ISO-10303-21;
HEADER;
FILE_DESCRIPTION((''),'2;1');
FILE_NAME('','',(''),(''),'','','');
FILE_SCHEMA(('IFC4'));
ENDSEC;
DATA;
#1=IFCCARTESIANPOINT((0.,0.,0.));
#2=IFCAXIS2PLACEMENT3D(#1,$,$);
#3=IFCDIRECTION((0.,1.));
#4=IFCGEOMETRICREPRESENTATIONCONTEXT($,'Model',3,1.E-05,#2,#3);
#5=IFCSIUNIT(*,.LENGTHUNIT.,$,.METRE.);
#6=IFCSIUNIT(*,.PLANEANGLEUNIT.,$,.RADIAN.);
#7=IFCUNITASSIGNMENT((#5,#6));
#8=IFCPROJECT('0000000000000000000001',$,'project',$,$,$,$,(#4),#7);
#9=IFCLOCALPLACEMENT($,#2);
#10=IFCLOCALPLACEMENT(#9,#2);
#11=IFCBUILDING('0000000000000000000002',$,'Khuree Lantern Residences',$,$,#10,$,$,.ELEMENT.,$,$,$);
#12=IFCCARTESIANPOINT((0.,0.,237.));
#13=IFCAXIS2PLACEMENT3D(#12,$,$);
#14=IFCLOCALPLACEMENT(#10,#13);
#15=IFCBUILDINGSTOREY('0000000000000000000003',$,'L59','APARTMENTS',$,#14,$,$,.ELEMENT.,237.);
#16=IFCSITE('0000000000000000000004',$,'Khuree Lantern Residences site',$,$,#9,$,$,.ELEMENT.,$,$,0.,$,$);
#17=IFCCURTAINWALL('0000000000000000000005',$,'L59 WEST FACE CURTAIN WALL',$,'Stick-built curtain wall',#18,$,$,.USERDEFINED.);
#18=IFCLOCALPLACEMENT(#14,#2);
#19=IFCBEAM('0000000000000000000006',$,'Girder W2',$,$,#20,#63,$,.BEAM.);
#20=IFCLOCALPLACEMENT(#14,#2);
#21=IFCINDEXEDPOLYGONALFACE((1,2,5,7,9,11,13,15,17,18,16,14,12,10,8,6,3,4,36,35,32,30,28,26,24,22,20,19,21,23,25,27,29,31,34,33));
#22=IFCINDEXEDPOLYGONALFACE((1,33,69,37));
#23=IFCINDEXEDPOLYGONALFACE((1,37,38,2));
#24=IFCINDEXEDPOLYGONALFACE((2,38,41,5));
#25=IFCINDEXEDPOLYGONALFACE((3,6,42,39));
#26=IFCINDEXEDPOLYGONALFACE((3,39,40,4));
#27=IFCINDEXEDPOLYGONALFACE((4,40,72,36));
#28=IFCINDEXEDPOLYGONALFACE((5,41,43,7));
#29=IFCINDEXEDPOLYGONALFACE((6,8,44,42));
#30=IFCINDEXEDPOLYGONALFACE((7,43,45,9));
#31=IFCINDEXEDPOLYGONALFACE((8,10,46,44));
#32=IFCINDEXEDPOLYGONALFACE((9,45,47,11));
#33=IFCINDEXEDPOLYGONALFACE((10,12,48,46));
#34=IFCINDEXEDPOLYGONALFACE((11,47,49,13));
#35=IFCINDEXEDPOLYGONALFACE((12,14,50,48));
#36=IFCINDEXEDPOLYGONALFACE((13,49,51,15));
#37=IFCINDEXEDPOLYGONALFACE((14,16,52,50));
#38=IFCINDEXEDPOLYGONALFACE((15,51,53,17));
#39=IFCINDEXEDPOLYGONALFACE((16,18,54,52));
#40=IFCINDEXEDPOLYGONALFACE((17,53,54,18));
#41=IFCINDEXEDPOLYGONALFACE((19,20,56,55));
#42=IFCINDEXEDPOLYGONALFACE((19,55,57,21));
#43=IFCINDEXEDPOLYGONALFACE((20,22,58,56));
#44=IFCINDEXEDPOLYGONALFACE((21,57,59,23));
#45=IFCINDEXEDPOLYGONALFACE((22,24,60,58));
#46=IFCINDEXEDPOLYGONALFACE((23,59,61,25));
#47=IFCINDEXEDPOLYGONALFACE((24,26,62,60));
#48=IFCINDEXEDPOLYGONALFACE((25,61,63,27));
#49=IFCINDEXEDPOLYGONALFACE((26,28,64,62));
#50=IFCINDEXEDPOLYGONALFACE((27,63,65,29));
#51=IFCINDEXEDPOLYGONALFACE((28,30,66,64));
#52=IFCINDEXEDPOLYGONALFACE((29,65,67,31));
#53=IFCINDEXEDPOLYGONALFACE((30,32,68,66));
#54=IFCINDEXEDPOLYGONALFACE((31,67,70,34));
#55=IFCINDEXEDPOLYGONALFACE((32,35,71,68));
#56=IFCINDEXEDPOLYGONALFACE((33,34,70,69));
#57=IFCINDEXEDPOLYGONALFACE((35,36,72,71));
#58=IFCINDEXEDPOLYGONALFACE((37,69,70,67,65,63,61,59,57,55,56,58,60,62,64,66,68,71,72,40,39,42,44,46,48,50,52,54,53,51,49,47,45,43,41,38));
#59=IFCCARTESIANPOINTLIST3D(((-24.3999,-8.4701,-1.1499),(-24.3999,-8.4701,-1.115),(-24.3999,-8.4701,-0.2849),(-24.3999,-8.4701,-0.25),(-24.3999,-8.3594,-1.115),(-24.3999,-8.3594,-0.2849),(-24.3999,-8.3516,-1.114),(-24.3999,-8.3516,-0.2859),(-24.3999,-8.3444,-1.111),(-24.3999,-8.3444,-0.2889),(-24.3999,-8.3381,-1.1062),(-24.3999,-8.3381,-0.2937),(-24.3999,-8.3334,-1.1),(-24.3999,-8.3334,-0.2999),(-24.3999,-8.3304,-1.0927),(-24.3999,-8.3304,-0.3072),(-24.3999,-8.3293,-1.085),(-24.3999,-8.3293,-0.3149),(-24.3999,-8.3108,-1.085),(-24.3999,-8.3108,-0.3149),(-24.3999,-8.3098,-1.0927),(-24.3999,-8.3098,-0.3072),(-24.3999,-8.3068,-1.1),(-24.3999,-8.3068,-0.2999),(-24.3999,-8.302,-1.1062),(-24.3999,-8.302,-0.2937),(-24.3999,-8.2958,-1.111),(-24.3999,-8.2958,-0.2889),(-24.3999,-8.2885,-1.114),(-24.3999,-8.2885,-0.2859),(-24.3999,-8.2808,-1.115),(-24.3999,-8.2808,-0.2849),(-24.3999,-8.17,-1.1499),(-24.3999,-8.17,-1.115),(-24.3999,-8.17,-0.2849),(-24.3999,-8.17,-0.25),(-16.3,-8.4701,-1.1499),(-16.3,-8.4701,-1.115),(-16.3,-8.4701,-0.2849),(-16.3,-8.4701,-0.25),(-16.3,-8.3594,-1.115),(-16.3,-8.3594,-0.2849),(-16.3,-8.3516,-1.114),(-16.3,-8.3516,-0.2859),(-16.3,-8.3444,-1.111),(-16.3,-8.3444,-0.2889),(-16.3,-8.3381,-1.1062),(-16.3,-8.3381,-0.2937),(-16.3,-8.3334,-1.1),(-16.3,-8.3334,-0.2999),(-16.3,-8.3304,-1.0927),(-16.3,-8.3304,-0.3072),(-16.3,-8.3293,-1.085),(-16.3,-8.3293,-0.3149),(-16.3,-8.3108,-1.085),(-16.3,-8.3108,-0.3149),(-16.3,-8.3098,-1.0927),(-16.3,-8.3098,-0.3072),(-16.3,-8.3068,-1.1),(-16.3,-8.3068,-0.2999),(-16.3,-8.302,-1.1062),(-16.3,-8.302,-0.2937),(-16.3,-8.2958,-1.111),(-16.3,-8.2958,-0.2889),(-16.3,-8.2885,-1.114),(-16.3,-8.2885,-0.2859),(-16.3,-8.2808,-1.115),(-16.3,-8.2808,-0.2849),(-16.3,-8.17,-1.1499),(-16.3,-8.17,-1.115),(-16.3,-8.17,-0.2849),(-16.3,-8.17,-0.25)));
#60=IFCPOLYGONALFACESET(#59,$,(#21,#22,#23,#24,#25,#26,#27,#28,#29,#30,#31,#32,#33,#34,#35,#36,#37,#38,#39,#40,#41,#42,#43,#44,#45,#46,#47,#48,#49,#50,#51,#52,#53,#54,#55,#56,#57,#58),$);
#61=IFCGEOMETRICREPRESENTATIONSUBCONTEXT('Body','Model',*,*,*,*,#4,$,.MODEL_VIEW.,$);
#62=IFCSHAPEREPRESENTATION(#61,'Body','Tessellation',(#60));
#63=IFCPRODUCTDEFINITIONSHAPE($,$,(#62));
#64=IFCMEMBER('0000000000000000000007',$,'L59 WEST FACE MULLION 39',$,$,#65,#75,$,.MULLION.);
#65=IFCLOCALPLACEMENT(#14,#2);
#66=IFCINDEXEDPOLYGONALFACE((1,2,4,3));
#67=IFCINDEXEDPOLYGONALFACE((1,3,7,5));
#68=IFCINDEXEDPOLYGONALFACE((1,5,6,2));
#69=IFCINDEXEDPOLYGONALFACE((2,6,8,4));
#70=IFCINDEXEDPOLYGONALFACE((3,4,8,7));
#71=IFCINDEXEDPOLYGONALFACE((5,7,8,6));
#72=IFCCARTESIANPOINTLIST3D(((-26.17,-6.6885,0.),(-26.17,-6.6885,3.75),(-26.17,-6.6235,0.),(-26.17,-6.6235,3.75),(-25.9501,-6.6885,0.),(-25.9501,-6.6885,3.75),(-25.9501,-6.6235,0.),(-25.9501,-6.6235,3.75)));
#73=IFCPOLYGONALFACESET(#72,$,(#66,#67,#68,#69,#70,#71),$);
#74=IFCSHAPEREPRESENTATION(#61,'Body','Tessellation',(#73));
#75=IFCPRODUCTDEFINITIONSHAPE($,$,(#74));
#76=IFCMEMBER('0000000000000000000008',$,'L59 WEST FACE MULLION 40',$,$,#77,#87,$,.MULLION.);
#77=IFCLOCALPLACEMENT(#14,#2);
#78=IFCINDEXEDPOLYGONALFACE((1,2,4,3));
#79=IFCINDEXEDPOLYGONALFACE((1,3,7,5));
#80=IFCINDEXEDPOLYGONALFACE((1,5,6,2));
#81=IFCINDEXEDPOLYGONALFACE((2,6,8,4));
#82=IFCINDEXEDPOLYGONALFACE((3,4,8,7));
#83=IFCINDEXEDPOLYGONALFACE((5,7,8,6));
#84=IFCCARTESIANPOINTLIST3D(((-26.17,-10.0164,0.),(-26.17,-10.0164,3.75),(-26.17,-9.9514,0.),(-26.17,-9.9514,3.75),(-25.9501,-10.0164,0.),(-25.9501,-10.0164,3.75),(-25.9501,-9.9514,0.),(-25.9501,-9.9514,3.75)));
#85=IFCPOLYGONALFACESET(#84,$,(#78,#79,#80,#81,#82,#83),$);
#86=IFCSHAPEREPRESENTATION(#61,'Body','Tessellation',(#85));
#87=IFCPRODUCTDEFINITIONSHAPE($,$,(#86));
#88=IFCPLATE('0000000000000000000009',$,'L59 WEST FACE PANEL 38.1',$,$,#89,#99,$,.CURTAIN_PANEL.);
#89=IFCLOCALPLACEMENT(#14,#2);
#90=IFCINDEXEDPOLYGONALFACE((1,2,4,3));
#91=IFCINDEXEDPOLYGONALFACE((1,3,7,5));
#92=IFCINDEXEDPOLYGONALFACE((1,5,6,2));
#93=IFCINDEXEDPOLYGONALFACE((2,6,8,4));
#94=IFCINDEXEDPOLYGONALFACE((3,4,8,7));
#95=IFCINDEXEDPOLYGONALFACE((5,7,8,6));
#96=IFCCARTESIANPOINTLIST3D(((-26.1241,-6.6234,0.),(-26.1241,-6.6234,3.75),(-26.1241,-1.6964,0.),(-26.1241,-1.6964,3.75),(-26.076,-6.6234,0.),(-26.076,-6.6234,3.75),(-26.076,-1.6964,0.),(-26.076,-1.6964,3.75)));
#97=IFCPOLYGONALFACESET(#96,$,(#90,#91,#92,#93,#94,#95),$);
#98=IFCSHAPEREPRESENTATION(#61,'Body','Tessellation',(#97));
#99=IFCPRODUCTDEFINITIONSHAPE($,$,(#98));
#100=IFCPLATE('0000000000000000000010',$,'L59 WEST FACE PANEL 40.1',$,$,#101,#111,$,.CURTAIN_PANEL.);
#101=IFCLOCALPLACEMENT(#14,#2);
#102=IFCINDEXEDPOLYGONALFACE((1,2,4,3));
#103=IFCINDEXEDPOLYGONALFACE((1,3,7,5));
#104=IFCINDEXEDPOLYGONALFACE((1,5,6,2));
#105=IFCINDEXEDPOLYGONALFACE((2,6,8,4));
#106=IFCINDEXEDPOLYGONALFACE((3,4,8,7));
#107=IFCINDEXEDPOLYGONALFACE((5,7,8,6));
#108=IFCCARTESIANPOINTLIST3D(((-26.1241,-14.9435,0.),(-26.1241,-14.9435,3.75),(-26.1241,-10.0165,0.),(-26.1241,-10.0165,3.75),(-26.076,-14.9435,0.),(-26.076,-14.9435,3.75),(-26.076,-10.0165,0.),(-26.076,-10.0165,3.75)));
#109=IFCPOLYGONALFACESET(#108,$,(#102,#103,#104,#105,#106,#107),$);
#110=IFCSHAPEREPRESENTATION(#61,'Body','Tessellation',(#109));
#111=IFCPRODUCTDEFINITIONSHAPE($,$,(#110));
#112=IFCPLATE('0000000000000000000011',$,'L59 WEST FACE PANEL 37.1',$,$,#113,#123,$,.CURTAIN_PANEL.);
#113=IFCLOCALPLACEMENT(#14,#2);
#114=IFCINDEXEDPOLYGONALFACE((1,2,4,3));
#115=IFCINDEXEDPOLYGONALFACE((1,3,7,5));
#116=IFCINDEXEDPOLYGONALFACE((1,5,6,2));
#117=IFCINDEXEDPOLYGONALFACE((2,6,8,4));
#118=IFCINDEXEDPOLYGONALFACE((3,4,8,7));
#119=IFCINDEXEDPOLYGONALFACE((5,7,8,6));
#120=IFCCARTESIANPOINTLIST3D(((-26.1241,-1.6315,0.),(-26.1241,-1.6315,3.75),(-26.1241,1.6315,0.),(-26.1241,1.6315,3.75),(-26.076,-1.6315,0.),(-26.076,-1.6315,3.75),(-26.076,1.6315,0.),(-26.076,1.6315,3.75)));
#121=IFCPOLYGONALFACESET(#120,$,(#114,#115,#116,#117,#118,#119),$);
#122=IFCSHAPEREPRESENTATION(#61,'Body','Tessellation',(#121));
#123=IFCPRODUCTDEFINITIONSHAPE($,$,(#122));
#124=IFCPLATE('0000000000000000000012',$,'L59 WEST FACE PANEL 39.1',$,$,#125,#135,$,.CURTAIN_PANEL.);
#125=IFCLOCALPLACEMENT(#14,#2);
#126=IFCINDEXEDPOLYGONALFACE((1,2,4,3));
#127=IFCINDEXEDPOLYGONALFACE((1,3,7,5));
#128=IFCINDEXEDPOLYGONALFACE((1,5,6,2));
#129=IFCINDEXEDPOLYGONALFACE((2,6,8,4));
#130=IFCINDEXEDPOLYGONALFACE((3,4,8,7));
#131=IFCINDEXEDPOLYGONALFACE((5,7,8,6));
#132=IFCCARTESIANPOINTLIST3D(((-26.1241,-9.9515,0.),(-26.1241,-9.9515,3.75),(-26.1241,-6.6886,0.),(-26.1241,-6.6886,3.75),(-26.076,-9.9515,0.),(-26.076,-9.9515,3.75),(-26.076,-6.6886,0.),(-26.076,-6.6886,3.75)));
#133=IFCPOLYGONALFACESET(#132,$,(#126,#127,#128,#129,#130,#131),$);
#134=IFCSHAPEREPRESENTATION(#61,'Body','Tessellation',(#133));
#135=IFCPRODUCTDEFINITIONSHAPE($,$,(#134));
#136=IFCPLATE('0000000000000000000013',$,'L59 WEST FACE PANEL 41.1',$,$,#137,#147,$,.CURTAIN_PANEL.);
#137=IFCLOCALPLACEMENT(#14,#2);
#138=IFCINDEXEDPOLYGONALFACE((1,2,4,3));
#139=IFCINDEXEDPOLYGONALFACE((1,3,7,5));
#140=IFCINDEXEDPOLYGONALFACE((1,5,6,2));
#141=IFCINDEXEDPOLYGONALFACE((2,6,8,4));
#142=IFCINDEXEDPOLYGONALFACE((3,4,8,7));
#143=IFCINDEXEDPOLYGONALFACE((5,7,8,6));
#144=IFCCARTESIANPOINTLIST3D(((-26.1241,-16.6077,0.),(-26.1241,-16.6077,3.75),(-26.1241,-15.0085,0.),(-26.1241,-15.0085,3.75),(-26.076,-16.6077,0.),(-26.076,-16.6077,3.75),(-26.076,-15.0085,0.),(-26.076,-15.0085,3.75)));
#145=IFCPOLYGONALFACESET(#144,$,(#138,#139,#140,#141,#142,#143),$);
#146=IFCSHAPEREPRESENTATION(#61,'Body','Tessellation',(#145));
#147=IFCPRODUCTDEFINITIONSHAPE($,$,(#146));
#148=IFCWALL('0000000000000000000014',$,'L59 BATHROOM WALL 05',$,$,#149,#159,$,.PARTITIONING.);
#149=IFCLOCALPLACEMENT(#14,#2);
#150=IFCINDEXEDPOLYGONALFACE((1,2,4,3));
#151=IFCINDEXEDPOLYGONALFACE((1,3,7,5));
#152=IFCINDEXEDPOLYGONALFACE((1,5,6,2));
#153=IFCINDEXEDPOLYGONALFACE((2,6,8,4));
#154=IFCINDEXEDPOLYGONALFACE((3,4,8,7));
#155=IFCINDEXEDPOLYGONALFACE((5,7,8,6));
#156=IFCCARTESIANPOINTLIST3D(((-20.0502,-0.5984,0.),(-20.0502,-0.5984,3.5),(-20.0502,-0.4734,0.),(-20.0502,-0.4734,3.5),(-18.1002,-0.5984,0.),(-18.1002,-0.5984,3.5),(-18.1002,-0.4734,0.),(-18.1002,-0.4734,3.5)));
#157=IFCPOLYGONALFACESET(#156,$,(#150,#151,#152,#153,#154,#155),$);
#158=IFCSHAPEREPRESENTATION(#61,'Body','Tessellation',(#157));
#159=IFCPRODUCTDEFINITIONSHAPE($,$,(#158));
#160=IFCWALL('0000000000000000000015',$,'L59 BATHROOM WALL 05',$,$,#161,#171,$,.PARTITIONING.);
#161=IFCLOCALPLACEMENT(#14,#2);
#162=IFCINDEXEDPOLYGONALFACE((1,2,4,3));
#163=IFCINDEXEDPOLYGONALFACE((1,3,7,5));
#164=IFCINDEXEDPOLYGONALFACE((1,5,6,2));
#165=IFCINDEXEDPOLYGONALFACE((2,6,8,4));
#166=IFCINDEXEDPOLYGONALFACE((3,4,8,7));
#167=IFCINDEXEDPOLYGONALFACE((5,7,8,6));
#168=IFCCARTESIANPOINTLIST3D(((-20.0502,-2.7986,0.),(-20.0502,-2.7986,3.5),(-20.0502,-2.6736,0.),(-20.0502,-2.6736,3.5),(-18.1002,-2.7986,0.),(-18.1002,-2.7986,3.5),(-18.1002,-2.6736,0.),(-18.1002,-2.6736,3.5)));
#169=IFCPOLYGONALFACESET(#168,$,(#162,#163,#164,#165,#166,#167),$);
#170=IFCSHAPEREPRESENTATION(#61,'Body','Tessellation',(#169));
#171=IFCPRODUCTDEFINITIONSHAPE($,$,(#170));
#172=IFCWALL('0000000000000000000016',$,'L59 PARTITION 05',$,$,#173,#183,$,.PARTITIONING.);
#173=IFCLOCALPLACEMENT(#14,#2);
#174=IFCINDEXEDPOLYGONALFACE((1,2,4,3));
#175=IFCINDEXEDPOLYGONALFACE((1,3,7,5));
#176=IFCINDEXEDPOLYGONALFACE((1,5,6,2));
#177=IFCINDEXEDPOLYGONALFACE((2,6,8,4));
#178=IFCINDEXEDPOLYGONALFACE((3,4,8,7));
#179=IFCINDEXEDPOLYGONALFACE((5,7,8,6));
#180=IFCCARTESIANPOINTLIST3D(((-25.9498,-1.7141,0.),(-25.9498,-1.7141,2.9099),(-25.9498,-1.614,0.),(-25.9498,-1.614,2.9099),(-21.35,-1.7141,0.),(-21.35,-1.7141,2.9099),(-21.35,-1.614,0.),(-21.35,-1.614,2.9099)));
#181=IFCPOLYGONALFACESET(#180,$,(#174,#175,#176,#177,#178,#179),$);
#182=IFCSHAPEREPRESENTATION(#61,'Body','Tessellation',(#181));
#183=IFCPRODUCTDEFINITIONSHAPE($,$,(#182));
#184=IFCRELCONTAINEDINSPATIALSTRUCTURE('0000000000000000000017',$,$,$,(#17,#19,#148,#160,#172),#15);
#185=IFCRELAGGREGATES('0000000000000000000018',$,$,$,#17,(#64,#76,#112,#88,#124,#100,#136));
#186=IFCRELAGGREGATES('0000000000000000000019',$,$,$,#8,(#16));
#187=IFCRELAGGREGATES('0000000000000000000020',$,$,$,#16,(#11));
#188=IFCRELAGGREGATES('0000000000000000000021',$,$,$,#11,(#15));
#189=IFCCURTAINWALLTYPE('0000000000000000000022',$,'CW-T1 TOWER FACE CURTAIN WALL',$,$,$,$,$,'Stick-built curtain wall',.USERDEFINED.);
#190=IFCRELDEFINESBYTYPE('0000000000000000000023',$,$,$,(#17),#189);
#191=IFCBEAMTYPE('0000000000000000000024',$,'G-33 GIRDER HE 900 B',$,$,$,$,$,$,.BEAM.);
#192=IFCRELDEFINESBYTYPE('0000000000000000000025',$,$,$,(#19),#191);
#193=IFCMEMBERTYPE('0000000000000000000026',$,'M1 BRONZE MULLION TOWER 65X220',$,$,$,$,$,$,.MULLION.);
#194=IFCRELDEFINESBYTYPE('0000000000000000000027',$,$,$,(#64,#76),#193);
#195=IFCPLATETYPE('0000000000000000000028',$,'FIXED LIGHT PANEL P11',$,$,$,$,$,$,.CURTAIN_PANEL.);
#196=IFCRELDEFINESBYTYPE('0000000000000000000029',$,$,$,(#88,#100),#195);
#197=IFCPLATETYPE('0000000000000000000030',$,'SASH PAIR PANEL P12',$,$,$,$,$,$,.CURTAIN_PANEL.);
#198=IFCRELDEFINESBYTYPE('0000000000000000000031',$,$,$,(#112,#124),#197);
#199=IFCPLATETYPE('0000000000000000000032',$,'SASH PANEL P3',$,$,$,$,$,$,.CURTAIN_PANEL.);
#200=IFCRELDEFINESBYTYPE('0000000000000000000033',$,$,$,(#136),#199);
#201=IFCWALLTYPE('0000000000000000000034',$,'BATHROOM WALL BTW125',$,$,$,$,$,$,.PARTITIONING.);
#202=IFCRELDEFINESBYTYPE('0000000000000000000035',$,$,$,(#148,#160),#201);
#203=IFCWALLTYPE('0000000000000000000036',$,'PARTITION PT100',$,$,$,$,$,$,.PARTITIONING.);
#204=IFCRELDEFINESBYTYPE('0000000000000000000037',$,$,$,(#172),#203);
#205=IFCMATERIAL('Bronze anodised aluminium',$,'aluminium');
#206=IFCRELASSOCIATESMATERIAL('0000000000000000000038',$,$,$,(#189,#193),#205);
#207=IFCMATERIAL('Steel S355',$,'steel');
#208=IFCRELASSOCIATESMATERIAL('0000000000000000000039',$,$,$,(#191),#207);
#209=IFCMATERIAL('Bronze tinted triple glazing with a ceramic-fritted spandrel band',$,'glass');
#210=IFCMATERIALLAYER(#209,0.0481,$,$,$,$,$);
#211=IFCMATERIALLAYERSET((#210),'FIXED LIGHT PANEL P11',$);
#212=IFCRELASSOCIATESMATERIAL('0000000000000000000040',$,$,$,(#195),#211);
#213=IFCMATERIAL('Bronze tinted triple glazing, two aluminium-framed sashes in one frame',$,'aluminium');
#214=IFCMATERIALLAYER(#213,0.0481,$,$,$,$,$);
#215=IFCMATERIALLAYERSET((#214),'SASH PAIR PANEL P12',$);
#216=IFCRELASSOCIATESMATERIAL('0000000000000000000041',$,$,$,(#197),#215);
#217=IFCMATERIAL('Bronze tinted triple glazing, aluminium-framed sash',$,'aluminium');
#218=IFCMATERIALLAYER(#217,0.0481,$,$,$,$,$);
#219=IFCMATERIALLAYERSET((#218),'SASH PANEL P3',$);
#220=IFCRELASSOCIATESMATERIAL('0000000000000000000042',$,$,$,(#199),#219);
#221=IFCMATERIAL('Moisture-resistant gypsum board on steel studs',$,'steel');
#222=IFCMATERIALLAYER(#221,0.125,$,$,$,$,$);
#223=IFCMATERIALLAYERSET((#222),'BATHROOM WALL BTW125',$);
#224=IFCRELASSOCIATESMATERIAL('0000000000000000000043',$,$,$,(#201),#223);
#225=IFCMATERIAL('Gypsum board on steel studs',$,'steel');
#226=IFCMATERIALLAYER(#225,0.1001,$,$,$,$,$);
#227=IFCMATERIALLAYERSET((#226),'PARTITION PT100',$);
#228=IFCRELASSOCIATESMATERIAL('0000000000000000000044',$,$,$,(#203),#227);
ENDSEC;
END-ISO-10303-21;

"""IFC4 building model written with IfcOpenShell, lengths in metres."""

from ifc_helpers import new_model, si_unit, direction, frame, frame_2d, origin, origin_2d, place, context, subcontext, project, spatial, rectangle, i_section, extrude, material, layer, layer_set, material_profile, profile_set, type_object, element, aggregate, save


model = new_model("IFC4")

# Units and contexts
model_context = context("Model", 3, precision=1e-05, world=origin(), true_north=direction((0.0, 1.0)))
body_context = subcontext(model_context, "Body", "Model", "MODEL_VIEW")
ifc_project = project(units=[si_unit("LENGTHUNIT", "METRE"), si_unit("PLANEANGLEUNIT", "RADIAN")], contexts=[model_context])

# Site, building, storey
site_placement = place(None, origin())
site = spatial("IfcSite", under=ifc_project, at=site_placement, Name="Khuree Lantern Residences site", CompositionType="ELEMENT", RefElevation=0.0)
building_placement = place(site_placement, origin())
building = spatial("IfcBuilding", under=site, at=building_placement, Name="Khuree Lantern Residences", CompositionType="ELEMENT")
storey_placement = place(building_placement, frame((0.0, 0.0, 237.0)))
storey = spatial("IfcBuildingStorey", under=building, at=storey_placement, Name="L59", Description="APARTMENTS", CompositionType="ELEMENT", Elevation=237.0)

# Shared definitions
ifc_material_1 = material(Name="Steel S355", Category="steel")

# Curtain wall
ifc_material_2 = material(Name="Bronze anodised aluminium", Category="aluminium")
curtain_wall_type = type_object("IfcCurtainWallType", Name="CW-T1 TOWER FACE CURTAIN WALL", ElementType="Stick-built curtain wall", PredefinedType="USERDEFINED", material=ifc_material_2)
curtain_wall_placement = place(storey_placement, origin())
curtain_wall = element("IfcCurtainWall", 1, at=curtain_wall_placement, inside=storey, type_object=curtain_wall_type, Name="L59 WEST FACE CURTAIN WALL", ObjectType="Stick-built curtain wall", PredefinedType="USERDEFINED")

# Beam
ifc_material_profile_1 = material_profile(ifc_material_1, i_section(OverallWidth=0.3, OverallDepth=0.8999, WebThickness=0.0186, FlangeThickness=0.0349, FilletRadius=0.03, at=origin_2d()), Name="HE 900 B")
ifc_profile_set_1 = profile_set([ifc_material_profile_1], Name="Steel S355")
beam_type_1 = type_object("IfcBeamType", Name="G-33 GIRDER HE 900 B", PredefinedType="BEAM", material=ifc_profile_set_1)
beam_1_placement = place(storey_placement, frame((-24.3999, -8.3201, -0.7), z_axis=(1.0, 0.0, 0.0), x_axis=(0.0, 1.0, 0.0)))
element("IfcBeam", 2, at=beam_1_placement, inside=storey, type_object=beam_type_1, Name="Girder W2", PredefinedType="BEAM", context=body_context, shape_type="SweptSolid", body=[
    extrude(i_section(OverallWidth=0.3, OverallDepth=0.8999, WebThickness=0.0186, FlangeThickness=0.0349, FilletRadius=0.03, at=origin_2d()), origin(), (0.0, 0.0, 1.0), 8.0999),
])

# Members
ifc_material_profile_2 = material_profile(ifc_material_2, rectangle(XDim=0.0649, YDim=0.22, at=origin_2d()), Name="M1 65X220")
ifc_profile_set_2 = profile_set([ifc_material_profile_2], Name="Bronze anodised aluminium")
member_type_1 = type_object("IfcMemberType", Name="M1 BRONZE MULLION TOWER 65X220", PredefinedType="MULLION", material=ifc_profile_set_2)
member_1_placement = place(storey_placement, frame((-26.0601, -6.656, 0.0), z_axis=(0.0, 0.0, 1.0), x_axis=(0.0, -1.0, 0.0)))
member_1 = element("IfcMember", 3, at=member_1_placement, type_object=member_type_1, Name="L59 WEST FACE MULLION 39", PredefinedType="MULLION", context=body_context, shape_type="SweptSolid", body=[
    extrude(rectangle(XDim=0.0649, YDim=0.22, at=origin_2d()), origin(), (0.0, 0.0, 1.0), 3.75),
])
member_2_placement = place(storey_placement, frame((-26.0601, -9.9839, 0.0), z_axis=(0.0, 0.0, 1.0), x_axis=(0.0, -1.0, 0.0)))
member_2 = element("IfcMember", 4, at=member_2_placement, type_object=member_type_1, Name="L59 WEST FACE MULLION 40", PredefinedType="MULLION", context=body_context, shape_type="SweptSolid", body=[
    extrude(rectangle(XDim=0.0649, YDim=0.22, at=origin_2d()), origin(), (0.0, 0.0, 1.0), 3.75),
])

# Plates
ifc_material_3 = material(Name="Bronze tinted triple glazing with a ceramic-fritted spandrel band", Category="glass")
ifc_layer_1 = layer(ifc_material_3, 0.0481)
ifc_layer_set_1 = layer_set([ifc_layer_1], Name="FIXED LIGHT PANEL P11")
plate_type_1 = type_object("IfcPlateType", Name="FIXED LIGHT PANEL P11", PredefinedType="CURTAIN_PANEL", material=ifc_layer_set_1)
plate_1_placement = place(storey_placement, frame((-26.1001, -4.1599, 0.0), z_axis=(0.0, 0.0, 1.0), x_axis=(0.0, -1.0, 0.0)))
plate_1 = element("IfcPlate", 5, at=plate_1_placement, type_object=plate_type_1, Name="L59 WEST FACE PANEL 38.1", PredefinedType="CURTAIN_PANEL", context=body_context, shape_type="SweptSolid", body=[
    extrude(rectangle(XDim=4.927, YDim=0.0481, at=origin_2d()), origin(), (0.0, 0.0, 1.0), 3.75),
])
plate_2_placement = place(storey_placement, frame((-26.1001, -12.48, 0.0), z_axis=(0.0, 0.0, 1.0), x_axis=(0.0, -1.0, 0.0)))
plate_2 = element("IfcPlate", 6, at=plate_2_placement, type_object=plate_type_1, Name="L59 WEST FACE PANEL 40.1", PredefinedType="CURTAIN_PANEL", context=body_context, shape_type="SweptSolid", body=[
    extrude(rectangle(XDim=4.927, YDim=0.0481, at=origin_2d()), origin(), (0.0, 0.0, 1.0), 3.75),
])
ifc_material_4 = material(Name="Bronze tinted triple glazing, two aluminium-framed sashes in one frame", Category="aluminium")
ifc_layer_2 = layer(ifc_material_4, 0.0481)
ifc_layer_set_2 = layer_set([ifc_layer_2], Name="SASH PAIR PANEL P12")
plate_type_2 = type_object("IfcPlateType", Name="SASH PAIR PANEL P12", PredefinedType="CURTAIN_PANEL", material=ifc_layer_set_2)
plate_3_placement = place(storey_placement, frame((-26.1001, 0.0, 0.0), z_axis=(0.0, 0.0, 1.0), x_axis=(0.0, -1.0, 0.0)))
plate_3 = element("IfcPlate", 7, at=plate_3_placement, type_object=plate_type_2, Name="L59 WEST FACE PANEL 37.1", PredefinedType="CURTAIN_PANEL", context=body_context, shape_type="SweptSolid", body=[
    extrude(rectangle(XDim=3.2629, YDim=0.0481, at=origin_2d()), origin(), (0.0, 0.0, 1.0), 3.75),
])
plate_4_placement = place(storey_placement, frame((-26.1001, -8.3201, 0.0), z_axis=(0.0, 0.0, 1.0), x_axis=(0.0, -1.0, 0.0)))
plate_4 = element("IfcPlate", 8, at=plate_4_placement, type_object=plate_type_2, Name="L59 WEST FACE PANEL 39.1", PredefinedType="CURTAIN_PANEL", context=body_context, shape_type="SweptSolid", body=[
    extrude(rectangle(XDim=3.2629, YDim=0.0481, at=origin_2d()), origin(), (0.0, 0.0, 1.0), 3.75),
])
ifc_material_5 = material(Name="Bronze tinted triple glazing, aluminium-framed sash", Category="aluminium")
ifc_layer_3 = layer(ifc_material_5, 0.0481)
ifc_layer_set_3 = layer_set([ifc_layer_3], Name="SASH PANEL P3")
plate_type_3 = type_object("IfcPlateType", Name="SASH PANEL P3", PredefinedType="CURTAIN_PANEL", material=ifc_layer_set_3)
plate_5_placement = place(storey_placement, frame((-26.1001, -15.8081, 0.0), z_axis=(0.0, 0.0, 1.0), x_axis=(0.0, -1.0, 0.0)))
plate_5 = element("IfcPlate", 9, at=plate_5_placement, type_object=plate_type_3, Name="L59 WEST FACE PANEL 41.1", PredefinedType="CURTAIN_PANEL", context=body_context, shape_type="SweptSolid", body=[
    extrude(rectangle(XDim=1.5991, YDim=0.0481, at=origin_2d()), origin(), (0.0, 0.0, 1.0), 3.75),
])
aggregate(curtain_wall, [member_1, member_2, plate_3, plate_1, plate_4, plate_2, plate_5])

# Walls
ifc_material_6 = material(Name="Moisture-resistant gypsum board on steel studs", Category="steel")
ifc_layer_4 = layer(ifc_material_6, 0.125)
ifc_layer_set_4 = layer_set([ifc_layer_4], Name="BATHROOM WALL BTW125")
wall_type_1 = type_object("IfcWallType", Name="BATHROOM WALL BTW125", PredefinedType="PARTITIONING", material=ifc_layer_set_4)
for number, where, z_axis, x_axis, name in (
    (10, (-18.1001, -0.5359, 0.0), (0.0, 0.0, 1.0), (-1.0, 0.0, 0.0), "L59 BATHROOM WALL 05"),
    (11, (-18.1001, -2.7361, 0.0), (0.0, 0.0, 1.0), (-1.0, 0.0, 0.0), "L59 BATHROOM WALL 05"),
):
    element("IfcWall", number, at=place(storey_placement, frame(where, z_axis=z_axis, x_axis=x_axis)), inside=storey, type_object=wall_type_1, Name=name, PredefinedType="PARTITIONING", context=body_context, shape_type="SweptSolid", body=[
        extrude(rectangle(XDim=1.95, YDim=0.125, at=frame_2d((0.9751, 0.0))), origin(), (0.0, 0.0, 1.0), 3.5),
    ])
ifc_material_7 = material(Name="Gypsum board on steel studs", Category="steel")
ifc_layer_5 = layer(ifc_material_7, 0.1001)
ifc_layer_set_5 = layer_set([ifc_layer_5], Name="PARTITION PT100")
wall_type_2 = type_object("IfcWallType", Name="PARTITION PT100", PredefinedType="PARTITIONING", material=ifc_layer_set_5)
for number, where, z_axis, x_axis, name in (
    (12, (-21.3501, -1.6641, 0.0), (0.0, 0.0, 1.0), (-1.0, 0.0, 0.0), "L59 PARTITION 05"),
):
    element("IfcWall", number, at=place(storey_placement, frame(where, z_axis=z_axis, x_axis=x_axis)), inside=storey, type_object=wall_type_2, Name=name, PredefinedType="PARTITIONING", context=body_context, shape_type="SweptSolid", body=[
        extrude(rectangle(XDim=4.5999, YDim=0.1001, at=frame_2d((2.2998, 0.0))), origin(), (0.0, 0.0, 1.0), 2.9099),
    ])

save(model, "model.ifc")
